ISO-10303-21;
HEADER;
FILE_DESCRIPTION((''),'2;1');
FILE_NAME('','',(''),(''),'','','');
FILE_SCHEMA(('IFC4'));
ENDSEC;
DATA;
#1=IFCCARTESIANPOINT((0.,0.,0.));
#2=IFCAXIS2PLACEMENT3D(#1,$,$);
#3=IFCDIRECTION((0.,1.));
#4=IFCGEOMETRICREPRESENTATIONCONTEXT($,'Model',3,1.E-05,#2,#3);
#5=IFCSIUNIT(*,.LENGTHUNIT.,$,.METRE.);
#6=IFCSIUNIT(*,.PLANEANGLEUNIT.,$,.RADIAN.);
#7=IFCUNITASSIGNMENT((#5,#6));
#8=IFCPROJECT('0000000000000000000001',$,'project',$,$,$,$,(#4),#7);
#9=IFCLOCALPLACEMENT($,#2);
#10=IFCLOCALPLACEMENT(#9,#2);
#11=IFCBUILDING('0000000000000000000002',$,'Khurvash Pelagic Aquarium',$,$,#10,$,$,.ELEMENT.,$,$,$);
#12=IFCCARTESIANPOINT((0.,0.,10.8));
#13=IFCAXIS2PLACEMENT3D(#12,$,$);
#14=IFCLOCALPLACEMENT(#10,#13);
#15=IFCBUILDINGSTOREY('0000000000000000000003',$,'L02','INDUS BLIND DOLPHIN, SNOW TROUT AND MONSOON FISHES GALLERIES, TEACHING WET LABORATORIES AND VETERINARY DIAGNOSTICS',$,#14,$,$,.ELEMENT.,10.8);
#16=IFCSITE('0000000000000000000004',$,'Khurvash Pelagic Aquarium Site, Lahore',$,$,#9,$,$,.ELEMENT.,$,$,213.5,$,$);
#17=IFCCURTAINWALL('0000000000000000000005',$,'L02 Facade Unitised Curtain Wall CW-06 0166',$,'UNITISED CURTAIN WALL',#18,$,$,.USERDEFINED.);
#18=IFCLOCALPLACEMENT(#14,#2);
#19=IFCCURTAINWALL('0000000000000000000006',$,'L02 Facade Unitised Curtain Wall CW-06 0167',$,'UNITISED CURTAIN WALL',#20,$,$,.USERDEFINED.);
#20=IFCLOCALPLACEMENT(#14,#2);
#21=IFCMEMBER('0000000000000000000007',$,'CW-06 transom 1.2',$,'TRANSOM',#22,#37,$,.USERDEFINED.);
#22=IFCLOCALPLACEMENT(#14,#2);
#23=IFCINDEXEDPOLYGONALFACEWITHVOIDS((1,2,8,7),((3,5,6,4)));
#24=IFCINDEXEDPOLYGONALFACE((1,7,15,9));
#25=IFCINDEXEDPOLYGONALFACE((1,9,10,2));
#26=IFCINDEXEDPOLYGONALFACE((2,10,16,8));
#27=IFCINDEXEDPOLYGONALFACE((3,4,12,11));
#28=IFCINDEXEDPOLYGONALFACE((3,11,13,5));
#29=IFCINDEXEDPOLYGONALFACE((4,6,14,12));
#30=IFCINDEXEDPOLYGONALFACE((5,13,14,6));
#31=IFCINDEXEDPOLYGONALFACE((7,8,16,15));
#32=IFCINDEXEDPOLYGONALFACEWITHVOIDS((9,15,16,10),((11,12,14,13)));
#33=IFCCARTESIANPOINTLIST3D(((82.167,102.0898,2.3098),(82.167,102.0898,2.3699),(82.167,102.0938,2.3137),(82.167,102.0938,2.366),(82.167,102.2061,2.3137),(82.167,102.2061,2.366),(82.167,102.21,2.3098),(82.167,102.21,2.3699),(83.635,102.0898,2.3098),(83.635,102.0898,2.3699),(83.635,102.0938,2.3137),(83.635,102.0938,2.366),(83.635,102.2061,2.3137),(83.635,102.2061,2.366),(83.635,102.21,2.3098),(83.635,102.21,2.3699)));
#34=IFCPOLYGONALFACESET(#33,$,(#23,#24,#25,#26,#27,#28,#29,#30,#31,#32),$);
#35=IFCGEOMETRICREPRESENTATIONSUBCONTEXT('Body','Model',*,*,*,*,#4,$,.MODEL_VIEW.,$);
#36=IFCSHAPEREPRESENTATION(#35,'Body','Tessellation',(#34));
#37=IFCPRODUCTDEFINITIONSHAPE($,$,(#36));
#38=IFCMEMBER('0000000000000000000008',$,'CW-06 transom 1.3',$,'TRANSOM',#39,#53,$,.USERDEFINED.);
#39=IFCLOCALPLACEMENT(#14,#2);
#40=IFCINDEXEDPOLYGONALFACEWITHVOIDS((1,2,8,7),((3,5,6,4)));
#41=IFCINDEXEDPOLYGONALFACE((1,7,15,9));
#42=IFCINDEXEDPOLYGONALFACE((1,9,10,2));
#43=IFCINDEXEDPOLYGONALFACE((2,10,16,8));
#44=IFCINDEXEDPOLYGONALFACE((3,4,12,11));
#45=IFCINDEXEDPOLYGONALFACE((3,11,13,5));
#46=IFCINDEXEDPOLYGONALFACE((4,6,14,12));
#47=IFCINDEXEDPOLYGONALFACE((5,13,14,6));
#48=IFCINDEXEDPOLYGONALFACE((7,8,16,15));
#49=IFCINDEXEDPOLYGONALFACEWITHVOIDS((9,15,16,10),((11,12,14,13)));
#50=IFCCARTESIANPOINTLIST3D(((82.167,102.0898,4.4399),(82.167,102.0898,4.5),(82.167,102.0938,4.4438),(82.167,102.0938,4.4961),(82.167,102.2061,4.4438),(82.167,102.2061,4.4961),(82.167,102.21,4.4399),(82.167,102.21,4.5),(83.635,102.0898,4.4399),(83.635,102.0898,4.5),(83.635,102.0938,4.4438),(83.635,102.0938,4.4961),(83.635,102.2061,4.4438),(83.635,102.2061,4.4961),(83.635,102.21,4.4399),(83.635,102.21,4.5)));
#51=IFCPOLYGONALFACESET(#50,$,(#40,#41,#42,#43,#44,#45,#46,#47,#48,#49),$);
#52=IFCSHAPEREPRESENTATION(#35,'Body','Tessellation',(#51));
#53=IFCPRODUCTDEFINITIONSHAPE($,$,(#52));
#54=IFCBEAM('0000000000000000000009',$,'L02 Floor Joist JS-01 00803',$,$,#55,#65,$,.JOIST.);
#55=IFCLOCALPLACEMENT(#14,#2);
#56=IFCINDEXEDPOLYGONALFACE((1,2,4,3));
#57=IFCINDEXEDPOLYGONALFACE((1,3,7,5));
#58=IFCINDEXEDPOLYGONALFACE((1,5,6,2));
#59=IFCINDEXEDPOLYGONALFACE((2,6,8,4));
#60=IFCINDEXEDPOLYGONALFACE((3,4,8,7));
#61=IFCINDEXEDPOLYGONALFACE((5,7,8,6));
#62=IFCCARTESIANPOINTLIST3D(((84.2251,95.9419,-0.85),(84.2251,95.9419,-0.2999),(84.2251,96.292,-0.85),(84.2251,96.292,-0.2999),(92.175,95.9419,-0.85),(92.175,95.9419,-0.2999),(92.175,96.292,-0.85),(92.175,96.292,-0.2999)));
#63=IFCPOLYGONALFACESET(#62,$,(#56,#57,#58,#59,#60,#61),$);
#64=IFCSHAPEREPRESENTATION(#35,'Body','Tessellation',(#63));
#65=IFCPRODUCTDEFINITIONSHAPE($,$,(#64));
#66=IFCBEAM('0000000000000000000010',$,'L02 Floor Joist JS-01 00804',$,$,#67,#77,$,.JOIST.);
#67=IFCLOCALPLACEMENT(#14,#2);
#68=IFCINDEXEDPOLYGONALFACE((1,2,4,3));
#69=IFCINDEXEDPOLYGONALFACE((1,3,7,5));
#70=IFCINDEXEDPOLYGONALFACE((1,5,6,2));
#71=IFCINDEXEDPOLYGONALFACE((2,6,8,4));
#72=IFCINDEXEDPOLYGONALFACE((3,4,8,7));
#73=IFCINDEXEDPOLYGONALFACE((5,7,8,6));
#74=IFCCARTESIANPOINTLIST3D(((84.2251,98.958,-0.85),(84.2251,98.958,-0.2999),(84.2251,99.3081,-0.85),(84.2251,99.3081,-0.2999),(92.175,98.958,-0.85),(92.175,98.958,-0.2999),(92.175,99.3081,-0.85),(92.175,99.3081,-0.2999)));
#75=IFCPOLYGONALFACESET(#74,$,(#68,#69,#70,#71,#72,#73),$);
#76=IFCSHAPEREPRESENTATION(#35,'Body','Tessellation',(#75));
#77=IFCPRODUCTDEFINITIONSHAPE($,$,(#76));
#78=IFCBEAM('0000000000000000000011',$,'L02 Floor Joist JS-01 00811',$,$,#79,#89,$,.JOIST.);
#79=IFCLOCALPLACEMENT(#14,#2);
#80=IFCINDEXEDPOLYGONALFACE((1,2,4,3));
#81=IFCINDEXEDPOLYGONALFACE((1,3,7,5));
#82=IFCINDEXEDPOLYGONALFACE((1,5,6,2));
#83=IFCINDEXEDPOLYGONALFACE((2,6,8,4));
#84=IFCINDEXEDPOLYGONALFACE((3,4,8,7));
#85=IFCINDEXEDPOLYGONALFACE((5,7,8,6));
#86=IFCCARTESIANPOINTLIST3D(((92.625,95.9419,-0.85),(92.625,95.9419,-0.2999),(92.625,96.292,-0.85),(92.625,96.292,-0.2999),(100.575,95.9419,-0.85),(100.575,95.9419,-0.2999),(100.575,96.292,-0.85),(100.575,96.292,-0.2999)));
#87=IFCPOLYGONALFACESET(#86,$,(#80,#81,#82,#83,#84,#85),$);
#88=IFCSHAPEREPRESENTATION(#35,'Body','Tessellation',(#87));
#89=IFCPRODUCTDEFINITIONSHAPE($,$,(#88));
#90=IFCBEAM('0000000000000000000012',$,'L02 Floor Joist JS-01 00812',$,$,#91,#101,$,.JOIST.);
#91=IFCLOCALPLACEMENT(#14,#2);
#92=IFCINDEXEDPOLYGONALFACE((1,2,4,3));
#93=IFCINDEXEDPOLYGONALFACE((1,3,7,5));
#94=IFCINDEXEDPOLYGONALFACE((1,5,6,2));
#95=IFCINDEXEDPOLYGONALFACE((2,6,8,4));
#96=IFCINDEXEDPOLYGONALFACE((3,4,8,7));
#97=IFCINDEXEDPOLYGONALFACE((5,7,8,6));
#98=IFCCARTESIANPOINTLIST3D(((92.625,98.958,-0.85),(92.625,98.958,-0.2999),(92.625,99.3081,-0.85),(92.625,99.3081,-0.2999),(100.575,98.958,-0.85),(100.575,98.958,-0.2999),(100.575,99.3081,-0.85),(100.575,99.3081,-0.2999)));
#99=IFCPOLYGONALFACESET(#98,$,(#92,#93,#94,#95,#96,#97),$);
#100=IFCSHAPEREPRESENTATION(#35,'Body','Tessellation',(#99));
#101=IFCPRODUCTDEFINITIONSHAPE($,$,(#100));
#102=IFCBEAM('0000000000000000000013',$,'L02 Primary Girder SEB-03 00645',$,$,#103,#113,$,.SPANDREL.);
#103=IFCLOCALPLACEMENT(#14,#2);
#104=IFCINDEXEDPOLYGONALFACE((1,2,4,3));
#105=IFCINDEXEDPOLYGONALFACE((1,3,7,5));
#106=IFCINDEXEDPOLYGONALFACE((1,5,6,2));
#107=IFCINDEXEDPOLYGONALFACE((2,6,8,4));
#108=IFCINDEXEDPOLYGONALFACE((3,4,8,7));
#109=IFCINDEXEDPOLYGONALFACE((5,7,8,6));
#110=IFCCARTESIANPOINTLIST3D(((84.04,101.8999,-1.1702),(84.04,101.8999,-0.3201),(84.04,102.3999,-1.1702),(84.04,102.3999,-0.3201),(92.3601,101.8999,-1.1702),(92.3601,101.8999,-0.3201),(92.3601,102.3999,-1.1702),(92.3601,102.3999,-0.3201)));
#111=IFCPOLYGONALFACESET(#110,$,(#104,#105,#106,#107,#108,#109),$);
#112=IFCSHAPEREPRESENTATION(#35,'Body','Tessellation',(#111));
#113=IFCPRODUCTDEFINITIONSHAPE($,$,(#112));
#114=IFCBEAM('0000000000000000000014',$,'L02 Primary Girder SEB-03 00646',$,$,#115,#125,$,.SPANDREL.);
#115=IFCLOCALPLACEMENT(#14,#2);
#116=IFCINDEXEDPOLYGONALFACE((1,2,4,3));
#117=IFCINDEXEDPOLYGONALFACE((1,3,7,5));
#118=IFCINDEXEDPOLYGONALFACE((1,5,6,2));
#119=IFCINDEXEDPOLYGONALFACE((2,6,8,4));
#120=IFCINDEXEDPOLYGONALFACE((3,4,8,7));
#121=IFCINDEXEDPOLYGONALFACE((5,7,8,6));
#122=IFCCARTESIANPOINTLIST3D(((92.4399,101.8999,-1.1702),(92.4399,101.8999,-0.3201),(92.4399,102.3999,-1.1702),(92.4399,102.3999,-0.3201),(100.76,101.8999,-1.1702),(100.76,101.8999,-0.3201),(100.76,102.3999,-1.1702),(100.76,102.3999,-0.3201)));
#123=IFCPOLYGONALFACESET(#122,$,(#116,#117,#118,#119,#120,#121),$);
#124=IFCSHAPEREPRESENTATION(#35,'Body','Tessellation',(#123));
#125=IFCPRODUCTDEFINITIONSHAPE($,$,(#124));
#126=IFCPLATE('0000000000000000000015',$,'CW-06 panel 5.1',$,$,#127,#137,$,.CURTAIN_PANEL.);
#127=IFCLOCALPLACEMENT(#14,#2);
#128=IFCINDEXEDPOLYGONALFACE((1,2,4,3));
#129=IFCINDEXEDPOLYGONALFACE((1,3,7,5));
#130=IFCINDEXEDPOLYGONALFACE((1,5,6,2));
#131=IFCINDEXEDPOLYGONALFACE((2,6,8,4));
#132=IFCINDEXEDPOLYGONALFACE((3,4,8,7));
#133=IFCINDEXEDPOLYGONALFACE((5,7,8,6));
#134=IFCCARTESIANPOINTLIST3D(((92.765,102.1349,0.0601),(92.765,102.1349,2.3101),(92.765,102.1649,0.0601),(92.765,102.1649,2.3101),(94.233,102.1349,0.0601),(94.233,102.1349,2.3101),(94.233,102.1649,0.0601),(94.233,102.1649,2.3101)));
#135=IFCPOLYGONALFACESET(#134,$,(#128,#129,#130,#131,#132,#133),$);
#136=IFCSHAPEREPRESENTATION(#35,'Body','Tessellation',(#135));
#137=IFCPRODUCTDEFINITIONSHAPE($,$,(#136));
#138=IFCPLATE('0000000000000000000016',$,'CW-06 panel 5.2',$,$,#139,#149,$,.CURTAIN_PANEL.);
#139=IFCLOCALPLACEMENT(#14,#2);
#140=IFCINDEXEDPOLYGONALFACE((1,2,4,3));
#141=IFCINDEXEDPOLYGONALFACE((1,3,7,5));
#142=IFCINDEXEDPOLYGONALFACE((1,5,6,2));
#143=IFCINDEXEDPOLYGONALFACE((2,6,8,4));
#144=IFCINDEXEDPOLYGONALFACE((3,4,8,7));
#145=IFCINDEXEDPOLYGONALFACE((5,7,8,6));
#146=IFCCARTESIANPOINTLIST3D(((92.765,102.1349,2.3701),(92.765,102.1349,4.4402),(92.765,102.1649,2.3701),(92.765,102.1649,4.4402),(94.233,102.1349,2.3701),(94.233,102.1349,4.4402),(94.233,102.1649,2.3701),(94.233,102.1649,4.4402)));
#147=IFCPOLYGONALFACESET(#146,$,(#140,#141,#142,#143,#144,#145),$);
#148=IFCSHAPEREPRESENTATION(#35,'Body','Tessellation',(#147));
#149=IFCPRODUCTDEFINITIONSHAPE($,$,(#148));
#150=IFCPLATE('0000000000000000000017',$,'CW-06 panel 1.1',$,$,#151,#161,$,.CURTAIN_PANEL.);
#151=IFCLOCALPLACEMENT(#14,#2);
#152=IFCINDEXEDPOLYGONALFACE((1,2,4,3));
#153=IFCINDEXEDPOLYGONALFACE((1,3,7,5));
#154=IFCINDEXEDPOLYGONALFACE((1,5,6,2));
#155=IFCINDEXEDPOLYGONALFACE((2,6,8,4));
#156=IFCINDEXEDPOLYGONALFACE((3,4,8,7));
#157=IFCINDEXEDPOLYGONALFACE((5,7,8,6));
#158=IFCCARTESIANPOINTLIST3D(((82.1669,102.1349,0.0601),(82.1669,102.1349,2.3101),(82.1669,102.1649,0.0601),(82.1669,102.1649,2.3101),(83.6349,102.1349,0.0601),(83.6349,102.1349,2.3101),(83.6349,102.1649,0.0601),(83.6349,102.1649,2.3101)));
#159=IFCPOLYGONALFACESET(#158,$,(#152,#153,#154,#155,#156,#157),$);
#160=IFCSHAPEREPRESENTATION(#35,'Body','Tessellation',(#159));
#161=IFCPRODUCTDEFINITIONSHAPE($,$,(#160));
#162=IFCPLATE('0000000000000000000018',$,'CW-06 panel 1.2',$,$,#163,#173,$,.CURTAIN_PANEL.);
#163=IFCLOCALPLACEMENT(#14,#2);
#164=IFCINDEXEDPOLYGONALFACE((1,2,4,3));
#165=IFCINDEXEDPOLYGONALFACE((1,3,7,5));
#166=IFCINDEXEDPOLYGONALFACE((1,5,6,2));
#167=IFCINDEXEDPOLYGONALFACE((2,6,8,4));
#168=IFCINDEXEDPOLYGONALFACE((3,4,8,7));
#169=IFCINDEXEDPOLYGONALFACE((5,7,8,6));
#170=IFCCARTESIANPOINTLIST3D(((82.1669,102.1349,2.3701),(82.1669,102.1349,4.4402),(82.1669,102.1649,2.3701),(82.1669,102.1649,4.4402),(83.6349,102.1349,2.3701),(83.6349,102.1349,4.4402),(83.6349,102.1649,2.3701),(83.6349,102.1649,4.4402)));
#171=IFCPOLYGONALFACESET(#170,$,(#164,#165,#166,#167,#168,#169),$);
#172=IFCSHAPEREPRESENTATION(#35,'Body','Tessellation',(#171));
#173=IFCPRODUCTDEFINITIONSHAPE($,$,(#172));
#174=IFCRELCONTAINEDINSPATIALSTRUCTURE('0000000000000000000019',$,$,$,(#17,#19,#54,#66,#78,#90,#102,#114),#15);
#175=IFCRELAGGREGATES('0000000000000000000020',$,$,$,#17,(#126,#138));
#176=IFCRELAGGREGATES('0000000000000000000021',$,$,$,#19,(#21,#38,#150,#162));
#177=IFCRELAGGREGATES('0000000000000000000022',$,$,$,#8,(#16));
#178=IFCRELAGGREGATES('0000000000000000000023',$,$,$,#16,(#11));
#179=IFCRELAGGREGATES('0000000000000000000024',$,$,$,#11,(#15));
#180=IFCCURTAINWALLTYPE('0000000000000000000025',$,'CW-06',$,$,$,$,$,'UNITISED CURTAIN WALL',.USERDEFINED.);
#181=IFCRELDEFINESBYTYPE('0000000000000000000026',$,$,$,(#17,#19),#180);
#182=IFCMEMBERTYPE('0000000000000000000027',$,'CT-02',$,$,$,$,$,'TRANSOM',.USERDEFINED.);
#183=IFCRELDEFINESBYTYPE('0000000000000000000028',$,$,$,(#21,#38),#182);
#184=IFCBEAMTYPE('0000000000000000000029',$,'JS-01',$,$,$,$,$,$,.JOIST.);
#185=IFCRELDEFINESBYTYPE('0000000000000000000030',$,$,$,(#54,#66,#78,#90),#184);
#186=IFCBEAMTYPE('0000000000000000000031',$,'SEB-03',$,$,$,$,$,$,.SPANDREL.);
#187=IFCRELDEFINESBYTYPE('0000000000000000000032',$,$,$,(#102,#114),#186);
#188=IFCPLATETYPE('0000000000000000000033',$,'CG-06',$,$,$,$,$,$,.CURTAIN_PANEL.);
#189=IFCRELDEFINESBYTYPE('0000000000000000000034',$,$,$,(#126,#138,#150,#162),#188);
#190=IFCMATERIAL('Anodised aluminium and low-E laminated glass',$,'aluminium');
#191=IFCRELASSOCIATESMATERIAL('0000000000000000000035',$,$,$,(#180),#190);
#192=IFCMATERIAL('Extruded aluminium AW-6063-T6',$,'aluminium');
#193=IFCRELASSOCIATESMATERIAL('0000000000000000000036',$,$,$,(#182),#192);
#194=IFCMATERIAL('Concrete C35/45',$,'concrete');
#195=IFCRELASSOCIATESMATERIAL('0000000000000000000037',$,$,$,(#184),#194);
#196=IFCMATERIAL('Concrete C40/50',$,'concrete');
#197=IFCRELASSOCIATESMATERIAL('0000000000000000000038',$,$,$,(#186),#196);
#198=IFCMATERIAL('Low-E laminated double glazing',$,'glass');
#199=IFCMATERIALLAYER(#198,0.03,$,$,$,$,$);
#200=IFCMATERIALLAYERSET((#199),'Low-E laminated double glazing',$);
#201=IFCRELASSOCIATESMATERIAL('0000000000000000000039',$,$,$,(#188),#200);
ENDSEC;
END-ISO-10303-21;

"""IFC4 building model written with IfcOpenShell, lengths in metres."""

from ifc_helpers import new_model, si_unit, direction, frame, origin, origin_2d, place, context, subcontext, project, spatial, rectangle, hollow_rectangle, extrude, material, layer, layer_set, material_profile, profile_set, type_object, element, aggregate, save


model = new_model("IFC4")

# Units and contexts
model_context = context("Model", 3, precision=1e-05, world=origin(), true_north=direction((0.0, 1.0)))
body_context = subcontext(model_context, "Body", "Model", "MODEL_VIEW")
ifc_project = project(units=[si_unit("LENGTHUNIT", "METRE"), si_unit("PLANEANGLEUNIT", "RADIAN")], contexts=[model_context])

# Site, building, storey
site_placement = place(None, origin())
site = spatial("IfcSite", under=ifc_project, at=site_placement, Name="Khurvash Pelagic Aquarium Site, Lahore", CompositionType="ELEMENT", RefElevation=213.5)
building_placement = place(site_placement, origin())
building = spatial("IfcBuilding", under=site, at=building_placement, Name="Khurvash Pelagic Aquarium", CompositionType="ELEMENT")
storey_placement = place(building_placement, frame((0.0, 0.0, 10.8)))
storey = spatial("IfcBuildingStorey", under=building, at=storey_placement, Name="L02", Description="INDUS BLIND DOLPHIN, SNOW TROUT AND MONSOON FISHES GALLERIES, TEACHING WET LABORATORIES AND VETERINARY DIAGNOSTICS", CompositionType="ELEMENT", Elevation=10.8)

# Shared definitions
ifc_material_1 = material(Name="Concrete C40/50", Category="concrete")

# Shared definitions
ifc_material_2 = material(Name="Concrete C35/45", Category="concrete")

# Curtain wall
ifc_material_3 = material(Name="Anodised aluminium and low-E laminated glass", Category="aluminium")
curtain_wall_type = type_object("IfcCurtainWallType", Name="CW-06", ElementType="UNITISED CURTAIN WALL", PredefinedType="USERDEFINED", material=ifc_material_3)
curtain_wall_1_placement = place(storey_placement, origin())
curtain_wall_1 = element("IfcCurtainWall", 1, at=curtain_wall_1_placement, inside=storey, type_object=curtain_wall_type, Name="L02 Facade Unitised Curtain Wall CW-06 0166", ObjectType="UNITISED CURTAIN WALL", PredefinedType="USERDEFINED")
ifc_material_4 = material(Name="Extruded aluminium AW-6063-T6", Category="aluminium")

# Curtain wall
curtain_wall_2_placement = place(storey_placement, origin())
curtain_wall_2 = element("IfcCurtainWall", 2, at=curtain_wall_2_placement, inside=storey, type_object=curtain_wall_type, Name="L02 Facade Unitised Curtain Wall CW-06 0167", ObjectType="UNITISED CURTAIN WALL", PredefinedType="USERDEFINED")

# Members
ifc_material_profile_1 = material_profile(ifc_material_4, hollow_rectangle(XDim=0.1201, YDim=0.0601, WallThickness=0.0039, at=origin_2d()), Name="CWT120X60X4")
ifc_profile_set_1 = profile_set([ifc_material_profile_1], Name="Extruded aluminium AW-6063-T6")
member_type_1 = type_object("IfcMemberType", Name="CT-02", ElementType="TRANSOM", PredefinedType="USERDEFINED", material=ifc_profile_set_1)
member_1_placement = place(storey_placement, frame((83.635, 102.1499, 2.3398), z_axis=(-1.0, 0.0, 0.0), x_axis=(0.0, -1.0, 0.0)))
member_1 = element("IfcMember", 3, at=member_1_placement, type_object=member_type_1, Name="CW-06 transom 1.2", ObjectType="TRANSOM", PredefinedType="USERDEFINED", context=body_context, shape_type="SweptSolid", body=[
    extrude(hollow_rectangle(XDim=0.1201, YDim=0.0601, WallThickness=0.0039, at=origin_2d()), origin(), (0.0, 0.0, 1.0), 1.468),
])
member_2_placement = place(storey_placement, frame((83.635, 102.1499, 4.47), z_axis=(-1.0, 0.0, 0.0), x_axis=(0.0, -1.0, 0.0)))
member_2 = element("IfcMember", 4, at=member_2_placement, type_object=member_type_1, Name="CW-06 transom 1.3", ObjectType="TRANSOM", PredefinedType="USERDEFINED", context=body_context, shape_type="SweptSolid", body=[
    extrude(hollow_rectangle(XDim=0.1201, YDim=0.0601, WallThickness=0.0039, at=origin_2d()), origin(), (0.0, 0.0, 1.0), 1.468),
])

# Beams
ifc_material_profile_2 = material_profile(ifc_material_2, rectangle(XDim=0.3501, YDim=0.55, at=origin_2d()), Name="RC350X550")
ifc_profile_set_2 = profile_set([ifc_material_profile_2], Name="Concrete C35/45")
beam_type_1 = type_object("IfcBeamType", Name="JS-01", PredefinedType="JOIST", material=ifc_profile_set_2)
for number, where, z_axis, x_axis, name in (
    (5, (84.2251, 96.1169, -0.575), (1.0, 0.0, 0.0), (0.0, 1.0, 0.0), "L02 Floor Joist JS-01 00803"),
    (6, (84.2251, 99.1331, -0.575), (1.0, 0.0, 0.0), (0.0, 1.0, 0.0), "L02 Floor Joist JS-01 00804"),
    (7, (92.625, 96.1169, -0.575), (1.0, 0.0, 0.0), (0.0, 1.0, 0.0), "L02 Floor Joist JS-01 00811"),
    (8, (92.625, 99.1331, -0.575), (1.0, 0.0, 0.0), (0.0, 1.0, 0.0), "L02 Floor Joist JS-01 00812"),
):
    element("IfcBeam", number, at=place(storey_placement, frame(where, z_axis=z_axis, x_axis=x_axis)), inside=storey, type_object=beam_type_1, Name=name, PredefinedType="JOIST", context=body_context, shape_type="SweptSolid", body=[
        extrude(rectangle(XDim=0.3501, YDim=0.55, at=origin_2d()), origin(), (0.0, 0.0, 1.0), 7.95),
    ])
ifc_material_profile_3 = material_profile(ifc_material_1, rectangle(XDim=0.5, YDim=0.8501, at=origin_2d()), Name="RC500X850")
ifc_profile_set_3 = profile_set([ifc_material_profile_3], Name="Concrete C40/50")
beam_type_2 = type_object("IfcBeamType", Name="SEB-03", PredefinedType="SPANDREL", material=ifc_profile_set_3)
for number, where, z_axis, x_axis, name in (
    (9, (84.04, 102.1499, -0.7451), (1.0, 0.0, 0.0), (0.0, 1.0, 0.0), "L02 Primary Girder SEB-03 00645"),
    (10, (92.4399, 102.1499, -0.7451), (1.0, 0.0, 0.0), (0.0, 1.0, 0.0), "L02 Primary Girder SEB-03 00646"),
):
    element("IfcBeam", number, at=place(storey_placement, frame(where, z_axis=z_axis, x_axis=x_axis)), inside=storey, type_object=beam_type_2, Name=name, PredefinedType="SPANDREL", context=body_context, shape_type="SweptSolid", body=[
        extrude(rectangle(XDim=0.5, YDim=0.8501, at=origin_2d()), origin(), (0.0, 0.0, 1.0), 8.3201),
    ])

# Plates
ifc_material_5 = material(Name="Low-E laminated double glazing", Category="glass")
ifc_layer_1 = layer(ifc_material_5, 0.03)
ifc_layer_set_1 = layer_set([ifc_layer_1], Name="Low-E laminated double glazing")
plate_type = type_object("IfcPlateType", Name="CG-06", PredefinedType="CURTAIN_PANEL", material=ifc_layer_set_1)
plate_1_placement = place(storey_placement, frame((93.499, 102.1499, 0.0601), z_axis=(0.0, 0.0, 1.0), x_axis=(-1.0, 0.0, 0.0)))
plate_1 = element("IfcPlate", 11, at=plate_1_placement, type_object=plate_type, Name="CW-06 panel 5.1", PredefinedType="CURTAIN_PANEL", context=body_context, shape_type="SweptSolid", body=[
    extrude(rectangle(XDim=1.468, YDim=0.03, at=origin_2d()), origin(), (0.0, 0.0, 1.0), 2.25),
])
plate_2_placement = place(storey_placement, frame((93.499, 102.1499, 2.3701), z_axis=(0.0, 0.0, 1.0), x_axis=(-1.0, 0.0, 0.0)))
plate_2 = element("IfcPlate", 12, at=plate_2_placement, type_object=plate_type, Name="CW-06 panel 5.2", PredefinedType="CURTAIN_PANEL", context=body_context, shape_type="SweptSolid", body=[
    extrude(rectangle(XDim=1.468, YDim=0.03, at=origin_2d()), origin(), (0.0, 0.0, 1.0), 2.0701),
])
aggregate(curtain_wall_1, [plate_1, plate_2])
plate_3_placement = place(storey_placement, frame((82.9009, 102.1499, 0.0601), z_axis=(0.0, 0.0, 1.0), x_axis=(-1.0, 0.0, 0.0)))
plate_3 = element("IfcPlate", 13, at=plate_3_placement, type_object=plate_type, Name="CW-06 panel 1.1", PredefinedType="CURTAIN_PANEL", context=body_context, shape_type="SweptSolid", body=[
    extrude(rectangle(XDim=1.468, YDim=0.03, at=origin_2d()), origin(), (0.0, 0.0, 1.0), 2.25),
])
plate_4_placement = place(storey_placement, frame((82.9009, 102.1499, 2.3701), z_axis=(0.0, 0.0, 1.0), x_axis=(-1.0, 0.0, 0.0)))
plate_4 = element("IfcPlate", 14, at=plate_4_placement, type_object=plate_type, Name="CW-06 panel 1.2", PredefinedType="CURTAIN_PANEL", context=body_context, shape_type="SweptSolid", body=[
    extrude(rectangle(XDim=1.468, YDim=0.03, at=origin_2d()), origin(), (0.0, 0.0, 1.0), 2.0701),
])
aggregate(curtain_wall_2, [member_1, member_2, plate_3, plate_4])

save(model, "model.ifc")
